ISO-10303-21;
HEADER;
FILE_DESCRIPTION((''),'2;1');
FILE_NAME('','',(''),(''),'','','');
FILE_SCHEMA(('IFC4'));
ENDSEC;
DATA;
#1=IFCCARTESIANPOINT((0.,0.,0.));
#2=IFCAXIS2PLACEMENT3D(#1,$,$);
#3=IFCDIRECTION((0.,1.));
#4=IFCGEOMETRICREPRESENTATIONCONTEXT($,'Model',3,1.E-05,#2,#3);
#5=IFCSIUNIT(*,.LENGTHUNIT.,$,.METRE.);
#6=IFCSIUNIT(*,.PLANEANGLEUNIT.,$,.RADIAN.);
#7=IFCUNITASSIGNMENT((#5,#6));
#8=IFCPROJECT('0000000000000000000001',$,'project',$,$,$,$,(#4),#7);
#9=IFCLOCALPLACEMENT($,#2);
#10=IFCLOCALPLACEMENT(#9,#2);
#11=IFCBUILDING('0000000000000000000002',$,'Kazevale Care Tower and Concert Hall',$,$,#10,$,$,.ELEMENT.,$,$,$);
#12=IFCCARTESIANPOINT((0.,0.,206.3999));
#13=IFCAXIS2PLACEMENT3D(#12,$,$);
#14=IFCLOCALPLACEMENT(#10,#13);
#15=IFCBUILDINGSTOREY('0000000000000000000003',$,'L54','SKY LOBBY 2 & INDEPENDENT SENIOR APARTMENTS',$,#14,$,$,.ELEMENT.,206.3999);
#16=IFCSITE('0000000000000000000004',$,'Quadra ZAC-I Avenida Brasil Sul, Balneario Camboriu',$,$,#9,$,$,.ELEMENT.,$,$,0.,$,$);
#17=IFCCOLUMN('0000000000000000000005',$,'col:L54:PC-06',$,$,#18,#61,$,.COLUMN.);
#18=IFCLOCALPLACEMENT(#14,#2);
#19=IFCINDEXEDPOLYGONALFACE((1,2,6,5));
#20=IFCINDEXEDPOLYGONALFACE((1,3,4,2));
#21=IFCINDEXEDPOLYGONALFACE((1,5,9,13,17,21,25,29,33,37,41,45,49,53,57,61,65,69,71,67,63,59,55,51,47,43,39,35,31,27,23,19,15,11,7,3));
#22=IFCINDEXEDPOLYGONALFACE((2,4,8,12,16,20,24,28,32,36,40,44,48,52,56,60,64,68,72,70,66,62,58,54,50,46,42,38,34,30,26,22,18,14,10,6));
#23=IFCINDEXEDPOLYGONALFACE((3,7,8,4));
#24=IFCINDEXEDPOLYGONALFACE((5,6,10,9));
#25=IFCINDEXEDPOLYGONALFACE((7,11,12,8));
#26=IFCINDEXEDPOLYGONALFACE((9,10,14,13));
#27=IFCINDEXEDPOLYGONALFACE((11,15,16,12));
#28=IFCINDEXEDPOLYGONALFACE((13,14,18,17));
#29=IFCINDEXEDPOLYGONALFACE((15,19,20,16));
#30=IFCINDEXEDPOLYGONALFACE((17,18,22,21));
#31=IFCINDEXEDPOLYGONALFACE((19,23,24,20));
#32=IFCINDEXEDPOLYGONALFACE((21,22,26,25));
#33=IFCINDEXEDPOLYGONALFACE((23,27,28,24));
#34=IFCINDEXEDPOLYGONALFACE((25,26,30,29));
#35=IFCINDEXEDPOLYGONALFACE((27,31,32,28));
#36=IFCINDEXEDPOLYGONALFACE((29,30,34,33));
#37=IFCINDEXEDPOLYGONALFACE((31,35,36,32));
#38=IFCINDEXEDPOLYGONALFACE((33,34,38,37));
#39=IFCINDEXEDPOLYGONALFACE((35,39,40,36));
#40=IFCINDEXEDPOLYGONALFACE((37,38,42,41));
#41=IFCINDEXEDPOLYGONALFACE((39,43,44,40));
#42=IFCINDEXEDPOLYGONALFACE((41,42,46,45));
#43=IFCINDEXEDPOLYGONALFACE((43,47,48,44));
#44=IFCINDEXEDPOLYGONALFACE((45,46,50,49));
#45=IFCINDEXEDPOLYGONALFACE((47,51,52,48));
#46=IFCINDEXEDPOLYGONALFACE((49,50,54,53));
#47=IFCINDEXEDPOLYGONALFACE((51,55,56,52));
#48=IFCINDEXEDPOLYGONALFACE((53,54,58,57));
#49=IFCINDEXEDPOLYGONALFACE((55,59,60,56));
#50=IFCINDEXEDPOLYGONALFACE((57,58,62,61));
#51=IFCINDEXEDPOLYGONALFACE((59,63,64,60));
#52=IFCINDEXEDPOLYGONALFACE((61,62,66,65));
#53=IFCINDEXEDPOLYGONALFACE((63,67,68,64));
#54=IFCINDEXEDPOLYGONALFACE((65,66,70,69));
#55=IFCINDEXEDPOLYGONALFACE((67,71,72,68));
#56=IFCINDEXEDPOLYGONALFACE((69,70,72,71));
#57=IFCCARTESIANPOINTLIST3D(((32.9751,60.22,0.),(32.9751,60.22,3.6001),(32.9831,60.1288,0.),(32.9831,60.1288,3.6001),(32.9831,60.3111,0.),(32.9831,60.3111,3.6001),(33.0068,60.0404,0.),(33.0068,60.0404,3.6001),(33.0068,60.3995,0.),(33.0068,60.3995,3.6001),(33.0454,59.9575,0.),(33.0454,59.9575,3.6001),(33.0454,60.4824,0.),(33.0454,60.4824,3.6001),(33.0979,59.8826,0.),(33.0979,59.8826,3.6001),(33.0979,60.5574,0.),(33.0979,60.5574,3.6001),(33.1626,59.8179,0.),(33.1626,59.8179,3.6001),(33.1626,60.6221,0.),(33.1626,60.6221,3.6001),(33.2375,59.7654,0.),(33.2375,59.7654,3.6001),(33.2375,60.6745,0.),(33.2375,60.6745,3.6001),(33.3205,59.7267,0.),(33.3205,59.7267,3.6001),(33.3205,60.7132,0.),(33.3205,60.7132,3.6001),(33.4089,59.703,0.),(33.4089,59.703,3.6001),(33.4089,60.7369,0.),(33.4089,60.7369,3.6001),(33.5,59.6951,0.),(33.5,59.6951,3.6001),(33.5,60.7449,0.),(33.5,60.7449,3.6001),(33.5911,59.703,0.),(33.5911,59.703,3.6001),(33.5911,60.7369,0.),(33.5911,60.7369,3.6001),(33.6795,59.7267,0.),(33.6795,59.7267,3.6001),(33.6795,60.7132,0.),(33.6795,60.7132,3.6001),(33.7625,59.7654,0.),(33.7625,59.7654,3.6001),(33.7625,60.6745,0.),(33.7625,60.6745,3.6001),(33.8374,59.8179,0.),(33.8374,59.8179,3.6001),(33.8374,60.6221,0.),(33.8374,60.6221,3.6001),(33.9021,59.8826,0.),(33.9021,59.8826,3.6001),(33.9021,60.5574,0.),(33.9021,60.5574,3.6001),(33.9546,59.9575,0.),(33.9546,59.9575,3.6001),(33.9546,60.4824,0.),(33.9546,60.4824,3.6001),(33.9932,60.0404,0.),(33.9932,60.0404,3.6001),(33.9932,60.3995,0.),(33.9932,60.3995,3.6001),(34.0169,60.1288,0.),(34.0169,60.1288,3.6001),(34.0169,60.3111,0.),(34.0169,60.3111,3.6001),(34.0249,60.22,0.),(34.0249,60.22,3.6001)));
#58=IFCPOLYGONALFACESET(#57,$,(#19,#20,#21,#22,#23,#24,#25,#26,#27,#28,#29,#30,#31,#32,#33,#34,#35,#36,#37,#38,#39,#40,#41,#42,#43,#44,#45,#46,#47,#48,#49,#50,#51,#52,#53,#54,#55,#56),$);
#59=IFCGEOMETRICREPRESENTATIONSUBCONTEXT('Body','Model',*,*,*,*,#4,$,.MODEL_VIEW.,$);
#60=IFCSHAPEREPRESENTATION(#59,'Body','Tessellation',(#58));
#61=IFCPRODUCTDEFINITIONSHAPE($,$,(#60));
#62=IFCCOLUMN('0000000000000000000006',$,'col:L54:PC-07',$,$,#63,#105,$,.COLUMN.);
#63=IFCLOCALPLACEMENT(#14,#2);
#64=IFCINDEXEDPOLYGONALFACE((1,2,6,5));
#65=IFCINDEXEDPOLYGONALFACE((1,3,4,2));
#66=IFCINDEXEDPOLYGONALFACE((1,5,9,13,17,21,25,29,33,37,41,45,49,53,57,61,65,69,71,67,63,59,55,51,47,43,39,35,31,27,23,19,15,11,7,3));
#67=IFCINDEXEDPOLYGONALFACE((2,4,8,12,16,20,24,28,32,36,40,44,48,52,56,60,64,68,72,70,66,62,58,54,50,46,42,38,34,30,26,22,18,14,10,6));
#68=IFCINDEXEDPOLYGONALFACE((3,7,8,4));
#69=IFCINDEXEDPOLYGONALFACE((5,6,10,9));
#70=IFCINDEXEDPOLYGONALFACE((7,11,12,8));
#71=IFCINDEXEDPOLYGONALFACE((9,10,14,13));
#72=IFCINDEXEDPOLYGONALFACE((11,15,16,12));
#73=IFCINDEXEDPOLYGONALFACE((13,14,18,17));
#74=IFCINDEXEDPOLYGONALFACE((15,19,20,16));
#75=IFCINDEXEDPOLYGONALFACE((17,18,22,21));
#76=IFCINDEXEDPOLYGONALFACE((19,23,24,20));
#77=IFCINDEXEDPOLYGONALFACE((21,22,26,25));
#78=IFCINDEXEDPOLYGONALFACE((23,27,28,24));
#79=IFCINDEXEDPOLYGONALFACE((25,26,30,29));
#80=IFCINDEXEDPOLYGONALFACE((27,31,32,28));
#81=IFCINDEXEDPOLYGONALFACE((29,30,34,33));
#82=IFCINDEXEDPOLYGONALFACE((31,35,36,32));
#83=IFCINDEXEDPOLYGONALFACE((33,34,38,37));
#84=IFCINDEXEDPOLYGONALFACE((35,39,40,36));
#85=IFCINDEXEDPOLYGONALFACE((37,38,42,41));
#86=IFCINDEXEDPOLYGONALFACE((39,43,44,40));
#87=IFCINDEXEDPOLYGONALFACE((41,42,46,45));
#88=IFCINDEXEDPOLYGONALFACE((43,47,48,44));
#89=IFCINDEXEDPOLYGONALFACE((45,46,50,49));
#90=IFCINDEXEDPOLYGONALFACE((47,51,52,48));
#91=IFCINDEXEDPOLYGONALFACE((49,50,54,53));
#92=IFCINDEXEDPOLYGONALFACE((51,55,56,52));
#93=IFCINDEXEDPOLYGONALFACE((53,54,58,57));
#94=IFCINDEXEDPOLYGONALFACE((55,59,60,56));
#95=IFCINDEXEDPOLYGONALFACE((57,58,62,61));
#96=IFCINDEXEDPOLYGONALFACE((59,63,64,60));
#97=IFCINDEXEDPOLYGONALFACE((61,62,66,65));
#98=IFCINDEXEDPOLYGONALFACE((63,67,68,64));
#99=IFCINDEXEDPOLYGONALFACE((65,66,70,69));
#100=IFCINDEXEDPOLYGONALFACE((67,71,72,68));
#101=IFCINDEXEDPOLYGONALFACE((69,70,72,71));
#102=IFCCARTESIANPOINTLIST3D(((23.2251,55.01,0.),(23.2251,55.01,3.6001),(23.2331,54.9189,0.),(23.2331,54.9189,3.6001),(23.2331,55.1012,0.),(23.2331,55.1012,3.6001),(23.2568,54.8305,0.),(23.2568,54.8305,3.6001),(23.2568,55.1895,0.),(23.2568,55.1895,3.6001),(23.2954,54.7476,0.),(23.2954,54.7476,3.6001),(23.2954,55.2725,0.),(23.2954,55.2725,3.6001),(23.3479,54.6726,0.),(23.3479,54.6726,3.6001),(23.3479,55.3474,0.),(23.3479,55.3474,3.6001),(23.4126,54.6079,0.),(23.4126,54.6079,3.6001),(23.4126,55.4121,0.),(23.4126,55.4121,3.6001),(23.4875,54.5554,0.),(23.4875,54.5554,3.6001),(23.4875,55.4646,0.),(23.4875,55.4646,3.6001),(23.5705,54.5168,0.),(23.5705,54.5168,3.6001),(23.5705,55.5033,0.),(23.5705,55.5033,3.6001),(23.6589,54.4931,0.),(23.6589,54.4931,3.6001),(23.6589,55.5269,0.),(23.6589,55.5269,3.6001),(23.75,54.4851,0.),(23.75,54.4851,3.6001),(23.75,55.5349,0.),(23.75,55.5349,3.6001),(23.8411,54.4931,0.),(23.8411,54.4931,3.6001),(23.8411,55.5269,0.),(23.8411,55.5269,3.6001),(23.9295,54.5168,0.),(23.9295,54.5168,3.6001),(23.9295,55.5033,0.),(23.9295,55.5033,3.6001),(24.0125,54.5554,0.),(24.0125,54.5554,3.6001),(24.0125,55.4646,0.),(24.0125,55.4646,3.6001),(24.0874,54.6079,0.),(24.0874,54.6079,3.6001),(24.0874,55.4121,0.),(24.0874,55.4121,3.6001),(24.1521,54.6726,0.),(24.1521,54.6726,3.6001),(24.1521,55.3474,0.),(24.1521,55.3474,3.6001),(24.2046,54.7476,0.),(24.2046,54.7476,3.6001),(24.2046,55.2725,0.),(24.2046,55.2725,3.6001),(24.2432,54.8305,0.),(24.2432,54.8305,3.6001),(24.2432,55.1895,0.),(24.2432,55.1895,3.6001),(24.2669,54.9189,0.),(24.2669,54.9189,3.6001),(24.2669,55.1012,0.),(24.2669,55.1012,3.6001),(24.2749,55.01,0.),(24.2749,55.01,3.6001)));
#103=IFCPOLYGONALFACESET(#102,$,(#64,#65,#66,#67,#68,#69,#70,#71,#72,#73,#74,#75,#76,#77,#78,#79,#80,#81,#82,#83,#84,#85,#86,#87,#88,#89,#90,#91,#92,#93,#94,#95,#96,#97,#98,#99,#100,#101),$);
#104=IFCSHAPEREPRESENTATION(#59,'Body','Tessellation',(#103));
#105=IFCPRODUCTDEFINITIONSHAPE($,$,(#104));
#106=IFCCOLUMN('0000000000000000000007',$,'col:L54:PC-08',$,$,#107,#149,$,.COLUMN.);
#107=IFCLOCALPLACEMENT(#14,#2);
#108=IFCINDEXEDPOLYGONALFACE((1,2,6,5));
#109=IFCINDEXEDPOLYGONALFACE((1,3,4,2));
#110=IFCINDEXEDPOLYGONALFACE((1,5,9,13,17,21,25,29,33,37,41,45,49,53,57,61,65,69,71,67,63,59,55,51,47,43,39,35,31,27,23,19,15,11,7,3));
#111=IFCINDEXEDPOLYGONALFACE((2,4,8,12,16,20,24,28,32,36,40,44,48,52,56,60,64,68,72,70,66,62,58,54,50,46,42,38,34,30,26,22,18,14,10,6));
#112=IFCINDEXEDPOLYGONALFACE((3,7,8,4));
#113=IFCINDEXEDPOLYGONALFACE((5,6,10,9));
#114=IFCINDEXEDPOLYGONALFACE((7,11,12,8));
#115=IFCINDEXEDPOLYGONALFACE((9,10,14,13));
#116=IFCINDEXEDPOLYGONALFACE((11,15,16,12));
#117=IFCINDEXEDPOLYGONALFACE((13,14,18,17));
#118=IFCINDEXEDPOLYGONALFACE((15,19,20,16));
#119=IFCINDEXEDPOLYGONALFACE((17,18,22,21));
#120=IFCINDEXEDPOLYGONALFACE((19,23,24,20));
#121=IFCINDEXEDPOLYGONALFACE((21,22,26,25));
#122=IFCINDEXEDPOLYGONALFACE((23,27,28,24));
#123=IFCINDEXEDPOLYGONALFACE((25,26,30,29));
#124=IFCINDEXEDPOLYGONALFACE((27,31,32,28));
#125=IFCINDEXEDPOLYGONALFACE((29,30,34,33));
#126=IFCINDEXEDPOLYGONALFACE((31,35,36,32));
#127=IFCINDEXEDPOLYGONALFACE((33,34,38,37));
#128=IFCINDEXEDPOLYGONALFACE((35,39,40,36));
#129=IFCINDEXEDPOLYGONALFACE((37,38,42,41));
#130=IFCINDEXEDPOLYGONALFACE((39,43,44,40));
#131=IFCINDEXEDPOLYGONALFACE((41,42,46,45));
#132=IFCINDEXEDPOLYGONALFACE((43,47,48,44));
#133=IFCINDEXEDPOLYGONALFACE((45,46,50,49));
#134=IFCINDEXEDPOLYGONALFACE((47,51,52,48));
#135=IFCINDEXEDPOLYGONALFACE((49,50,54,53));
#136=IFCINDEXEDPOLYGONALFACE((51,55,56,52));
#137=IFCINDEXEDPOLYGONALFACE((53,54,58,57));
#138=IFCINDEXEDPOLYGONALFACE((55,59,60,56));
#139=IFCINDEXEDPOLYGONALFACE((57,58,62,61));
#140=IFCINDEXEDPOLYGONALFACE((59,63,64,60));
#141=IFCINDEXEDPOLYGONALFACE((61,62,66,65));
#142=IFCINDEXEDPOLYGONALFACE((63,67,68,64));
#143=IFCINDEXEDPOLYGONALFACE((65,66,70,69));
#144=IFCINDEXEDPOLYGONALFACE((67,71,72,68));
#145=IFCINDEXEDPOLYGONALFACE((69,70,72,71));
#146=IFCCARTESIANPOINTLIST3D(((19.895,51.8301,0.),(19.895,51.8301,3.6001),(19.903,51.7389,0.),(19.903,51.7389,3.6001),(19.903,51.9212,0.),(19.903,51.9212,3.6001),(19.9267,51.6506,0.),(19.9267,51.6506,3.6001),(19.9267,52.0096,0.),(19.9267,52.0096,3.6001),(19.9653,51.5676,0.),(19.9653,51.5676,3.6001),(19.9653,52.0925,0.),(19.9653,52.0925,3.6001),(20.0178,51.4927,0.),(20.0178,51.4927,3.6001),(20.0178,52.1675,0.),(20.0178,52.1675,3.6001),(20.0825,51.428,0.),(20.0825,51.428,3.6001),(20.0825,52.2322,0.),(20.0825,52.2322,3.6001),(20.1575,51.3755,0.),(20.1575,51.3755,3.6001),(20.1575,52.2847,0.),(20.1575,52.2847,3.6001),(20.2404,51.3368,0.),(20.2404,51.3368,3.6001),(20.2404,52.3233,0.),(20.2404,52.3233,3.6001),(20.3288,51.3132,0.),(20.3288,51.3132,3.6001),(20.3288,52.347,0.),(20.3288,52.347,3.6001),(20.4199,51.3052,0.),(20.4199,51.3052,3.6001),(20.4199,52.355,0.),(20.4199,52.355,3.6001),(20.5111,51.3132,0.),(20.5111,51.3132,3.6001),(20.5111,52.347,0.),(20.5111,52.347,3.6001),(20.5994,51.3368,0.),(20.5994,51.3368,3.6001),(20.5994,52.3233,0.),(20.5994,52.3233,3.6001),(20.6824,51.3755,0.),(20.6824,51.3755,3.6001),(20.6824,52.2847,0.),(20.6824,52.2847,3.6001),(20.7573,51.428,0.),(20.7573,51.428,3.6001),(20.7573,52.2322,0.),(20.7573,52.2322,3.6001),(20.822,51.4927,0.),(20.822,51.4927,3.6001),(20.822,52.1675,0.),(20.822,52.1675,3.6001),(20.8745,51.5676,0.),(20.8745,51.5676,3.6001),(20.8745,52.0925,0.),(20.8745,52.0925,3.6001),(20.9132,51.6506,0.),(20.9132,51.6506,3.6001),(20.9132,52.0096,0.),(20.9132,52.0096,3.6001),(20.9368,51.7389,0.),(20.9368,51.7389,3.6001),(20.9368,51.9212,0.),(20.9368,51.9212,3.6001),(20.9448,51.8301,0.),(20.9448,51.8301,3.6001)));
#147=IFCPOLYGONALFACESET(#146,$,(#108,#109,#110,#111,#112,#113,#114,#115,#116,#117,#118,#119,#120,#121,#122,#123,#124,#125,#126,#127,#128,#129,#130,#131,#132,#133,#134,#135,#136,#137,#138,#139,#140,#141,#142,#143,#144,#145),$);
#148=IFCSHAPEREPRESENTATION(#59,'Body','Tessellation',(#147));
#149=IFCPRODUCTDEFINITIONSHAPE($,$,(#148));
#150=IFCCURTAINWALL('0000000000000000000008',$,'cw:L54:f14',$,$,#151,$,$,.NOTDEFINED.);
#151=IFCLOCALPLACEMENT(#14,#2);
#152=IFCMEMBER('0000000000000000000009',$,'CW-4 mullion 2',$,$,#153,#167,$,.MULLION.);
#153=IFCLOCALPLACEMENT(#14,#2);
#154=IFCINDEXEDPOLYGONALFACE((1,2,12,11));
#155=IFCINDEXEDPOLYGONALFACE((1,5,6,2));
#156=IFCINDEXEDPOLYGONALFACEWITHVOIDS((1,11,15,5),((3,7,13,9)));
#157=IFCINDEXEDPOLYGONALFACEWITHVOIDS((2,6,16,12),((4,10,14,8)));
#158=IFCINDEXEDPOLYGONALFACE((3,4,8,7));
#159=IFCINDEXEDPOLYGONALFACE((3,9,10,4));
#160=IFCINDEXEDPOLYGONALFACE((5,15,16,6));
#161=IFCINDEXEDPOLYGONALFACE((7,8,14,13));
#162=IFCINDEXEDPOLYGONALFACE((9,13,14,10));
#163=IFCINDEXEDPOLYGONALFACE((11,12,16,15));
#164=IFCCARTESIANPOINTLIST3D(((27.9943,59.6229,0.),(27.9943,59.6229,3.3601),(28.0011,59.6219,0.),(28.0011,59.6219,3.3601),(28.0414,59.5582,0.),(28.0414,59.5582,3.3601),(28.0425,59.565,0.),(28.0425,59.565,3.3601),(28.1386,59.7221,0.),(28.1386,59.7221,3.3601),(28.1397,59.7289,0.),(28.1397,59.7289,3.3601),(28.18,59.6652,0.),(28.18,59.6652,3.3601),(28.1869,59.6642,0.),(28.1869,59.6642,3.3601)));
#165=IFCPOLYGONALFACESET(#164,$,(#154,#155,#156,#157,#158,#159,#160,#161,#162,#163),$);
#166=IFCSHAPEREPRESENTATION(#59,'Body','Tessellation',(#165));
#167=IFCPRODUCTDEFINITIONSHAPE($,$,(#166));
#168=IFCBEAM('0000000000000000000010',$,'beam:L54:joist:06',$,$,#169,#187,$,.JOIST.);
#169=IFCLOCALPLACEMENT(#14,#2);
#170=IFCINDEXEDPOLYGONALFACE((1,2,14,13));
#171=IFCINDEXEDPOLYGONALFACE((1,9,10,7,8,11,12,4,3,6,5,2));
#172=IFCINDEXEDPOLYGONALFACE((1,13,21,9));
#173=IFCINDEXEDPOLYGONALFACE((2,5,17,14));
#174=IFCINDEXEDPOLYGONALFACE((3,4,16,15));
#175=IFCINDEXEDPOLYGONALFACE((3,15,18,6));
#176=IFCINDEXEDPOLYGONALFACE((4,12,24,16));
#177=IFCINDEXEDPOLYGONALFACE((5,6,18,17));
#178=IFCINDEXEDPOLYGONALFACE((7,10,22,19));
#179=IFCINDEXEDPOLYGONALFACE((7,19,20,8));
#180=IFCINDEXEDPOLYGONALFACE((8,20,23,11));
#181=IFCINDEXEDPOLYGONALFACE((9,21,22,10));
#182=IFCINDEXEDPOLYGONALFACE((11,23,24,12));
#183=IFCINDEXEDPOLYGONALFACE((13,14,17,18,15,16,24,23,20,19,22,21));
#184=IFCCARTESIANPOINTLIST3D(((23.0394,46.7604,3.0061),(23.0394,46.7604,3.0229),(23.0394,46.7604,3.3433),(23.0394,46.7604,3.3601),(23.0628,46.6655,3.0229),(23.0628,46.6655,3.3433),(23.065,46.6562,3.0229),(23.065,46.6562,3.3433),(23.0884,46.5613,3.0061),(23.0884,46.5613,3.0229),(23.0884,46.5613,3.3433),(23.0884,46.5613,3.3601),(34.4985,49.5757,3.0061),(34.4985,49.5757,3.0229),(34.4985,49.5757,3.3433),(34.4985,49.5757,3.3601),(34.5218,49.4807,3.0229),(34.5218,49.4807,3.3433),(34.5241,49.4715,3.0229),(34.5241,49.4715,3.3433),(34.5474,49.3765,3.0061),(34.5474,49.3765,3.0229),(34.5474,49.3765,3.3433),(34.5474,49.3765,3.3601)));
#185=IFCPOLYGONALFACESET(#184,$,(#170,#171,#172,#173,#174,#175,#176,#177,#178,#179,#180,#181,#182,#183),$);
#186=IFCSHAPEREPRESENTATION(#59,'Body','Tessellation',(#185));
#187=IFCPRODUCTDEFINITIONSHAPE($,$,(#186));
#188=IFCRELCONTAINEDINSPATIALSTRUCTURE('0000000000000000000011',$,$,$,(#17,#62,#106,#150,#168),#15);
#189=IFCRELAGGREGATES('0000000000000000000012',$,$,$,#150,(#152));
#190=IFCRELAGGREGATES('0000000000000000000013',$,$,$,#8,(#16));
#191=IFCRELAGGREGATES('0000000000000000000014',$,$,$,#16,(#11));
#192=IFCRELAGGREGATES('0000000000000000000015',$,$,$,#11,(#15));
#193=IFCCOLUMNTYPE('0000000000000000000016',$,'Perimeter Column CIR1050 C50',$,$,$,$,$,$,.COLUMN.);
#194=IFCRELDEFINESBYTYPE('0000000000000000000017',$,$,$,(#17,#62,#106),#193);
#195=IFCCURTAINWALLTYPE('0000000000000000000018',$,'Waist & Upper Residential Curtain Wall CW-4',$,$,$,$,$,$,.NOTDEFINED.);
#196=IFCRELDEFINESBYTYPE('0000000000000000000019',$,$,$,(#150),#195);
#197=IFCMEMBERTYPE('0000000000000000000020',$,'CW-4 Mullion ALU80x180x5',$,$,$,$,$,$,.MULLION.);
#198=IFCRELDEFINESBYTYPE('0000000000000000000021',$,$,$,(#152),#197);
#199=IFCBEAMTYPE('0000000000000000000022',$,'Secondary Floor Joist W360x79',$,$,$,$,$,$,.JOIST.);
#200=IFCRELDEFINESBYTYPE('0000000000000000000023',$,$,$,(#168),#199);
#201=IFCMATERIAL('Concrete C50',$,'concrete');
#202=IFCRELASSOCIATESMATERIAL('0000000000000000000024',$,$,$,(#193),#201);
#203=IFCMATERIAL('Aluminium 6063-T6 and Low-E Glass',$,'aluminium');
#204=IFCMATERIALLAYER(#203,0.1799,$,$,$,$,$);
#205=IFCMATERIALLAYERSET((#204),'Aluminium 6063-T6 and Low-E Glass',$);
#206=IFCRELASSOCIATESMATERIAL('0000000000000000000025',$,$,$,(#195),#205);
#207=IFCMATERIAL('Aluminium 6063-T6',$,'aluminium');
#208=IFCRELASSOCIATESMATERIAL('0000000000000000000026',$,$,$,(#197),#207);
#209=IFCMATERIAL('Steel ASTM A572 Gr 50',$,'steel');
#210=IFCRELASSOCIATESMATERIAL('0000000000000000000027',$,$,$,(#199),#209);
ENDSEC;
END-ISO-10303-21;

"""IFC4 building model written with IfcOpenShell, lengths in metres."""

from ifc_helpers import new_model, si_unit, direction, frame, origin, origin_2d, place, context, subcontext, project, spatial, hollow_rectangle, circle, i_section, extrude, material, layer, layer_set, material_profile, profile_set, type_object, element, aggregate, save


model = new_model("IFC4")

# Units and contexts
model_context = context("Model", 3, precision=1e-05, world=origin(), true_north=direction((0.0, 1.0)))
body_context = subcontext(model_context, "Body", "Model", "MODEL_VIEW")
ifc_project = project(units=[si_unit("LENGTHUNIT", "METRE"), si_unit("PLANEANGLEUNIT", "RADIAN")], contexts=[model_context])

# Site, building, storey
site_placement = place(None, origin())
site = spatial("IfcSite", under=ifc_project, at=site_placement, Name="Quadra ZAC-I Avenida Brasil Sul, Balneario Camboriu", CompositionType="ELEMENT", RefElevation=0.0)
building_placement = place(site_placement, origin())
building = spatial("IfcBuilding", under=site, at=building_placement, Name="Kazevale Care Tower and Concert Hall", CompositionType="ELEMENT")
storey_placement = place(building_placement, frame((0.0, 0.0, 206.3999)))
storey = spatial("IfcBuildingStorey", under=building, at=storey_placement, Name="L54", Description="SKY LOBBY 2 & INDEPENDENT SENIOR APARTMENTS", CompositionType="ELEMENT", Elevation=206.3999)

# Columns
ifc_material_1 = material(Name="Concrete C50", Category="concrete")
ifc_material_profile_1 = material_profile(ifc_material_1, circle(Radius=0.5249, at=origin_2d()), Name="RC-CIR1050")
ifc_profile_set_1 = profile_set([ifc_material_profile_1], Name="Concrete C50")
column_type = type_object("IfcColumnType", Name="Perimeter Column CIR1050 C50", PredefinedType="COLUMN", material=ifc_profile_set_1)
for number, where, z_axis, x_axis, name in (
    (1, (33.5, 60.22, 0.0), (0.0, 0.0, 1.0), (1.0, 0.0, 0.0), "col:L54:PC-06"),
    (2, (23.75, 55.01, 0.0), (0.0, 0.0, 1.0), (1.0, 0.0, 0.0), "col:L54:PC-07"),
    (3, (20.4199, 51.8301, 0.0), (0.0, 0.0, 1.0), (1.0, 0.0, 0.0), "col:L54:PC-08"),
):
    element("IfcColumn", number, at=place(storey_placement, frame(where, z_axis=z_axis, x_axis=x_axis)), inside=storey, type_object=column_type, Name=name, PredefinedType="COLUMN", context=body_context, shape_type="SweptSolid", body=[
        extrude(circle(Radius=0.5249, at=origin_2d()), origin(), (0.0, 0.0, 1.0), 3.6001),
    ])

# Curtain wall, member
ifc_material_2 = material(Name="Aluminium 6063-T6 and Low-E Glass", Category="aluminium")
ifc_layer_1 = layer(ifc_material_2, 0.1799)
ifc_layer_set_1 = layer_set([ifc_layer_1], Name="Aluminium 6063-T6 and Low-E Glass")
curtain_wall_type = type_object("IfcCurtainWallType", Name="Waist & Upper Residential Curtain Wall CW-4", PredefinedType="NOTDEFINED", material=ifc_layer_set_1)
curtain_wall_placement = place(storey_placement, origin())
curtain_wall = element("IfcCurtainWall", 4, at=curtain_wall_placement, inside=storey, type_object=curtain_wall_type, Name="cw:L54:f14", PredefinedType="NOTDEFINED")
ifc_material_3 = material(Name="Aluminium 6063-T6", Category="aluminium")
ifc_material_profile_2 = material_profile(ifc_material_3, hollow_rectangle(XDim=0.0801, YDim=0.1799, WallThickness=0.0049, at=origin_2d()), Name="ALU80x180x5")
ifc_profile_set_2 = profile_set([ifc_material_profile_2], Name="Aluminium 6063-T6")
member_type = type_object("IfcMemberType", Name="CW-4 Mullion ALU80x180x5", PredefinedType="MULLION", material=ifc_profile_set_2)
member_placement = place(storey_placement, frame((28.0906, 59.6436, 0.0), z_axis=(0.0, 0.0, 1.0), x_axis=(-0.58891, 0.808198, 0.0)))
member = element("IfcMember", 5, at=member_placement, type_object=member_type, Name="CW-4 mullion 2", PredefinedType="MULLION", context=body_context, shape_type="SweptSolid", body=[
    extrude(hollow_rectangle(XDim=0.0801, YDim=0.1799, WallThickness=0.0049, at=origin_2d()), origin(), (0.0, 0.0, 1.0), 3.3601),
])

# Beam
ifc_material_4 = material(Name="Steel ASTM A572 Gr 50", Category="steel")
ifc_material_profile_3 = material_profile(ifc_material_4, i_section(OverallWidth=0.2051, OverallDepth=0.354, WebThickness=0.0095, FlangeThickness=0.0168, at=origin_2d()), Name="W360x79")
ifc_profile_set_3 = profile_set([ifc_material_profile_3], Name="Steel ASTM A572 Gr 50")
beam_type_1 = type_object("IfcBeamType", Name="Secondary Floor Joist W360x79", PredefinedType="JOIST", material=ifc_profile_set_3)
beam_1_placement = place(storey_placement, frame((34.5229, 49.4761, 3.1831), z_axis=(-0.971123, -0.238581, 0.0), x_axis=(0.238581, -0.971123, 0.0)))
element("IfcBeam", 6, at=beam_1_placement, inside=storey, type_object=beam_type_1, Name="beam:L54:joist:06", PredefinedType="JOIST", context=body_context, shape_type="SweptSolid", body=[
    extrude(i_section(OverallWidth=0.2051, OverallDepth=0.354, WebThickness=0.0095, FlangeThickness=0.0168, at=origin_2d()), origin(), (0.0, 0.0, 1.0), 11.7998),
])

aggregate(curtain_wall, [member])

save(model, "model.ifc")
